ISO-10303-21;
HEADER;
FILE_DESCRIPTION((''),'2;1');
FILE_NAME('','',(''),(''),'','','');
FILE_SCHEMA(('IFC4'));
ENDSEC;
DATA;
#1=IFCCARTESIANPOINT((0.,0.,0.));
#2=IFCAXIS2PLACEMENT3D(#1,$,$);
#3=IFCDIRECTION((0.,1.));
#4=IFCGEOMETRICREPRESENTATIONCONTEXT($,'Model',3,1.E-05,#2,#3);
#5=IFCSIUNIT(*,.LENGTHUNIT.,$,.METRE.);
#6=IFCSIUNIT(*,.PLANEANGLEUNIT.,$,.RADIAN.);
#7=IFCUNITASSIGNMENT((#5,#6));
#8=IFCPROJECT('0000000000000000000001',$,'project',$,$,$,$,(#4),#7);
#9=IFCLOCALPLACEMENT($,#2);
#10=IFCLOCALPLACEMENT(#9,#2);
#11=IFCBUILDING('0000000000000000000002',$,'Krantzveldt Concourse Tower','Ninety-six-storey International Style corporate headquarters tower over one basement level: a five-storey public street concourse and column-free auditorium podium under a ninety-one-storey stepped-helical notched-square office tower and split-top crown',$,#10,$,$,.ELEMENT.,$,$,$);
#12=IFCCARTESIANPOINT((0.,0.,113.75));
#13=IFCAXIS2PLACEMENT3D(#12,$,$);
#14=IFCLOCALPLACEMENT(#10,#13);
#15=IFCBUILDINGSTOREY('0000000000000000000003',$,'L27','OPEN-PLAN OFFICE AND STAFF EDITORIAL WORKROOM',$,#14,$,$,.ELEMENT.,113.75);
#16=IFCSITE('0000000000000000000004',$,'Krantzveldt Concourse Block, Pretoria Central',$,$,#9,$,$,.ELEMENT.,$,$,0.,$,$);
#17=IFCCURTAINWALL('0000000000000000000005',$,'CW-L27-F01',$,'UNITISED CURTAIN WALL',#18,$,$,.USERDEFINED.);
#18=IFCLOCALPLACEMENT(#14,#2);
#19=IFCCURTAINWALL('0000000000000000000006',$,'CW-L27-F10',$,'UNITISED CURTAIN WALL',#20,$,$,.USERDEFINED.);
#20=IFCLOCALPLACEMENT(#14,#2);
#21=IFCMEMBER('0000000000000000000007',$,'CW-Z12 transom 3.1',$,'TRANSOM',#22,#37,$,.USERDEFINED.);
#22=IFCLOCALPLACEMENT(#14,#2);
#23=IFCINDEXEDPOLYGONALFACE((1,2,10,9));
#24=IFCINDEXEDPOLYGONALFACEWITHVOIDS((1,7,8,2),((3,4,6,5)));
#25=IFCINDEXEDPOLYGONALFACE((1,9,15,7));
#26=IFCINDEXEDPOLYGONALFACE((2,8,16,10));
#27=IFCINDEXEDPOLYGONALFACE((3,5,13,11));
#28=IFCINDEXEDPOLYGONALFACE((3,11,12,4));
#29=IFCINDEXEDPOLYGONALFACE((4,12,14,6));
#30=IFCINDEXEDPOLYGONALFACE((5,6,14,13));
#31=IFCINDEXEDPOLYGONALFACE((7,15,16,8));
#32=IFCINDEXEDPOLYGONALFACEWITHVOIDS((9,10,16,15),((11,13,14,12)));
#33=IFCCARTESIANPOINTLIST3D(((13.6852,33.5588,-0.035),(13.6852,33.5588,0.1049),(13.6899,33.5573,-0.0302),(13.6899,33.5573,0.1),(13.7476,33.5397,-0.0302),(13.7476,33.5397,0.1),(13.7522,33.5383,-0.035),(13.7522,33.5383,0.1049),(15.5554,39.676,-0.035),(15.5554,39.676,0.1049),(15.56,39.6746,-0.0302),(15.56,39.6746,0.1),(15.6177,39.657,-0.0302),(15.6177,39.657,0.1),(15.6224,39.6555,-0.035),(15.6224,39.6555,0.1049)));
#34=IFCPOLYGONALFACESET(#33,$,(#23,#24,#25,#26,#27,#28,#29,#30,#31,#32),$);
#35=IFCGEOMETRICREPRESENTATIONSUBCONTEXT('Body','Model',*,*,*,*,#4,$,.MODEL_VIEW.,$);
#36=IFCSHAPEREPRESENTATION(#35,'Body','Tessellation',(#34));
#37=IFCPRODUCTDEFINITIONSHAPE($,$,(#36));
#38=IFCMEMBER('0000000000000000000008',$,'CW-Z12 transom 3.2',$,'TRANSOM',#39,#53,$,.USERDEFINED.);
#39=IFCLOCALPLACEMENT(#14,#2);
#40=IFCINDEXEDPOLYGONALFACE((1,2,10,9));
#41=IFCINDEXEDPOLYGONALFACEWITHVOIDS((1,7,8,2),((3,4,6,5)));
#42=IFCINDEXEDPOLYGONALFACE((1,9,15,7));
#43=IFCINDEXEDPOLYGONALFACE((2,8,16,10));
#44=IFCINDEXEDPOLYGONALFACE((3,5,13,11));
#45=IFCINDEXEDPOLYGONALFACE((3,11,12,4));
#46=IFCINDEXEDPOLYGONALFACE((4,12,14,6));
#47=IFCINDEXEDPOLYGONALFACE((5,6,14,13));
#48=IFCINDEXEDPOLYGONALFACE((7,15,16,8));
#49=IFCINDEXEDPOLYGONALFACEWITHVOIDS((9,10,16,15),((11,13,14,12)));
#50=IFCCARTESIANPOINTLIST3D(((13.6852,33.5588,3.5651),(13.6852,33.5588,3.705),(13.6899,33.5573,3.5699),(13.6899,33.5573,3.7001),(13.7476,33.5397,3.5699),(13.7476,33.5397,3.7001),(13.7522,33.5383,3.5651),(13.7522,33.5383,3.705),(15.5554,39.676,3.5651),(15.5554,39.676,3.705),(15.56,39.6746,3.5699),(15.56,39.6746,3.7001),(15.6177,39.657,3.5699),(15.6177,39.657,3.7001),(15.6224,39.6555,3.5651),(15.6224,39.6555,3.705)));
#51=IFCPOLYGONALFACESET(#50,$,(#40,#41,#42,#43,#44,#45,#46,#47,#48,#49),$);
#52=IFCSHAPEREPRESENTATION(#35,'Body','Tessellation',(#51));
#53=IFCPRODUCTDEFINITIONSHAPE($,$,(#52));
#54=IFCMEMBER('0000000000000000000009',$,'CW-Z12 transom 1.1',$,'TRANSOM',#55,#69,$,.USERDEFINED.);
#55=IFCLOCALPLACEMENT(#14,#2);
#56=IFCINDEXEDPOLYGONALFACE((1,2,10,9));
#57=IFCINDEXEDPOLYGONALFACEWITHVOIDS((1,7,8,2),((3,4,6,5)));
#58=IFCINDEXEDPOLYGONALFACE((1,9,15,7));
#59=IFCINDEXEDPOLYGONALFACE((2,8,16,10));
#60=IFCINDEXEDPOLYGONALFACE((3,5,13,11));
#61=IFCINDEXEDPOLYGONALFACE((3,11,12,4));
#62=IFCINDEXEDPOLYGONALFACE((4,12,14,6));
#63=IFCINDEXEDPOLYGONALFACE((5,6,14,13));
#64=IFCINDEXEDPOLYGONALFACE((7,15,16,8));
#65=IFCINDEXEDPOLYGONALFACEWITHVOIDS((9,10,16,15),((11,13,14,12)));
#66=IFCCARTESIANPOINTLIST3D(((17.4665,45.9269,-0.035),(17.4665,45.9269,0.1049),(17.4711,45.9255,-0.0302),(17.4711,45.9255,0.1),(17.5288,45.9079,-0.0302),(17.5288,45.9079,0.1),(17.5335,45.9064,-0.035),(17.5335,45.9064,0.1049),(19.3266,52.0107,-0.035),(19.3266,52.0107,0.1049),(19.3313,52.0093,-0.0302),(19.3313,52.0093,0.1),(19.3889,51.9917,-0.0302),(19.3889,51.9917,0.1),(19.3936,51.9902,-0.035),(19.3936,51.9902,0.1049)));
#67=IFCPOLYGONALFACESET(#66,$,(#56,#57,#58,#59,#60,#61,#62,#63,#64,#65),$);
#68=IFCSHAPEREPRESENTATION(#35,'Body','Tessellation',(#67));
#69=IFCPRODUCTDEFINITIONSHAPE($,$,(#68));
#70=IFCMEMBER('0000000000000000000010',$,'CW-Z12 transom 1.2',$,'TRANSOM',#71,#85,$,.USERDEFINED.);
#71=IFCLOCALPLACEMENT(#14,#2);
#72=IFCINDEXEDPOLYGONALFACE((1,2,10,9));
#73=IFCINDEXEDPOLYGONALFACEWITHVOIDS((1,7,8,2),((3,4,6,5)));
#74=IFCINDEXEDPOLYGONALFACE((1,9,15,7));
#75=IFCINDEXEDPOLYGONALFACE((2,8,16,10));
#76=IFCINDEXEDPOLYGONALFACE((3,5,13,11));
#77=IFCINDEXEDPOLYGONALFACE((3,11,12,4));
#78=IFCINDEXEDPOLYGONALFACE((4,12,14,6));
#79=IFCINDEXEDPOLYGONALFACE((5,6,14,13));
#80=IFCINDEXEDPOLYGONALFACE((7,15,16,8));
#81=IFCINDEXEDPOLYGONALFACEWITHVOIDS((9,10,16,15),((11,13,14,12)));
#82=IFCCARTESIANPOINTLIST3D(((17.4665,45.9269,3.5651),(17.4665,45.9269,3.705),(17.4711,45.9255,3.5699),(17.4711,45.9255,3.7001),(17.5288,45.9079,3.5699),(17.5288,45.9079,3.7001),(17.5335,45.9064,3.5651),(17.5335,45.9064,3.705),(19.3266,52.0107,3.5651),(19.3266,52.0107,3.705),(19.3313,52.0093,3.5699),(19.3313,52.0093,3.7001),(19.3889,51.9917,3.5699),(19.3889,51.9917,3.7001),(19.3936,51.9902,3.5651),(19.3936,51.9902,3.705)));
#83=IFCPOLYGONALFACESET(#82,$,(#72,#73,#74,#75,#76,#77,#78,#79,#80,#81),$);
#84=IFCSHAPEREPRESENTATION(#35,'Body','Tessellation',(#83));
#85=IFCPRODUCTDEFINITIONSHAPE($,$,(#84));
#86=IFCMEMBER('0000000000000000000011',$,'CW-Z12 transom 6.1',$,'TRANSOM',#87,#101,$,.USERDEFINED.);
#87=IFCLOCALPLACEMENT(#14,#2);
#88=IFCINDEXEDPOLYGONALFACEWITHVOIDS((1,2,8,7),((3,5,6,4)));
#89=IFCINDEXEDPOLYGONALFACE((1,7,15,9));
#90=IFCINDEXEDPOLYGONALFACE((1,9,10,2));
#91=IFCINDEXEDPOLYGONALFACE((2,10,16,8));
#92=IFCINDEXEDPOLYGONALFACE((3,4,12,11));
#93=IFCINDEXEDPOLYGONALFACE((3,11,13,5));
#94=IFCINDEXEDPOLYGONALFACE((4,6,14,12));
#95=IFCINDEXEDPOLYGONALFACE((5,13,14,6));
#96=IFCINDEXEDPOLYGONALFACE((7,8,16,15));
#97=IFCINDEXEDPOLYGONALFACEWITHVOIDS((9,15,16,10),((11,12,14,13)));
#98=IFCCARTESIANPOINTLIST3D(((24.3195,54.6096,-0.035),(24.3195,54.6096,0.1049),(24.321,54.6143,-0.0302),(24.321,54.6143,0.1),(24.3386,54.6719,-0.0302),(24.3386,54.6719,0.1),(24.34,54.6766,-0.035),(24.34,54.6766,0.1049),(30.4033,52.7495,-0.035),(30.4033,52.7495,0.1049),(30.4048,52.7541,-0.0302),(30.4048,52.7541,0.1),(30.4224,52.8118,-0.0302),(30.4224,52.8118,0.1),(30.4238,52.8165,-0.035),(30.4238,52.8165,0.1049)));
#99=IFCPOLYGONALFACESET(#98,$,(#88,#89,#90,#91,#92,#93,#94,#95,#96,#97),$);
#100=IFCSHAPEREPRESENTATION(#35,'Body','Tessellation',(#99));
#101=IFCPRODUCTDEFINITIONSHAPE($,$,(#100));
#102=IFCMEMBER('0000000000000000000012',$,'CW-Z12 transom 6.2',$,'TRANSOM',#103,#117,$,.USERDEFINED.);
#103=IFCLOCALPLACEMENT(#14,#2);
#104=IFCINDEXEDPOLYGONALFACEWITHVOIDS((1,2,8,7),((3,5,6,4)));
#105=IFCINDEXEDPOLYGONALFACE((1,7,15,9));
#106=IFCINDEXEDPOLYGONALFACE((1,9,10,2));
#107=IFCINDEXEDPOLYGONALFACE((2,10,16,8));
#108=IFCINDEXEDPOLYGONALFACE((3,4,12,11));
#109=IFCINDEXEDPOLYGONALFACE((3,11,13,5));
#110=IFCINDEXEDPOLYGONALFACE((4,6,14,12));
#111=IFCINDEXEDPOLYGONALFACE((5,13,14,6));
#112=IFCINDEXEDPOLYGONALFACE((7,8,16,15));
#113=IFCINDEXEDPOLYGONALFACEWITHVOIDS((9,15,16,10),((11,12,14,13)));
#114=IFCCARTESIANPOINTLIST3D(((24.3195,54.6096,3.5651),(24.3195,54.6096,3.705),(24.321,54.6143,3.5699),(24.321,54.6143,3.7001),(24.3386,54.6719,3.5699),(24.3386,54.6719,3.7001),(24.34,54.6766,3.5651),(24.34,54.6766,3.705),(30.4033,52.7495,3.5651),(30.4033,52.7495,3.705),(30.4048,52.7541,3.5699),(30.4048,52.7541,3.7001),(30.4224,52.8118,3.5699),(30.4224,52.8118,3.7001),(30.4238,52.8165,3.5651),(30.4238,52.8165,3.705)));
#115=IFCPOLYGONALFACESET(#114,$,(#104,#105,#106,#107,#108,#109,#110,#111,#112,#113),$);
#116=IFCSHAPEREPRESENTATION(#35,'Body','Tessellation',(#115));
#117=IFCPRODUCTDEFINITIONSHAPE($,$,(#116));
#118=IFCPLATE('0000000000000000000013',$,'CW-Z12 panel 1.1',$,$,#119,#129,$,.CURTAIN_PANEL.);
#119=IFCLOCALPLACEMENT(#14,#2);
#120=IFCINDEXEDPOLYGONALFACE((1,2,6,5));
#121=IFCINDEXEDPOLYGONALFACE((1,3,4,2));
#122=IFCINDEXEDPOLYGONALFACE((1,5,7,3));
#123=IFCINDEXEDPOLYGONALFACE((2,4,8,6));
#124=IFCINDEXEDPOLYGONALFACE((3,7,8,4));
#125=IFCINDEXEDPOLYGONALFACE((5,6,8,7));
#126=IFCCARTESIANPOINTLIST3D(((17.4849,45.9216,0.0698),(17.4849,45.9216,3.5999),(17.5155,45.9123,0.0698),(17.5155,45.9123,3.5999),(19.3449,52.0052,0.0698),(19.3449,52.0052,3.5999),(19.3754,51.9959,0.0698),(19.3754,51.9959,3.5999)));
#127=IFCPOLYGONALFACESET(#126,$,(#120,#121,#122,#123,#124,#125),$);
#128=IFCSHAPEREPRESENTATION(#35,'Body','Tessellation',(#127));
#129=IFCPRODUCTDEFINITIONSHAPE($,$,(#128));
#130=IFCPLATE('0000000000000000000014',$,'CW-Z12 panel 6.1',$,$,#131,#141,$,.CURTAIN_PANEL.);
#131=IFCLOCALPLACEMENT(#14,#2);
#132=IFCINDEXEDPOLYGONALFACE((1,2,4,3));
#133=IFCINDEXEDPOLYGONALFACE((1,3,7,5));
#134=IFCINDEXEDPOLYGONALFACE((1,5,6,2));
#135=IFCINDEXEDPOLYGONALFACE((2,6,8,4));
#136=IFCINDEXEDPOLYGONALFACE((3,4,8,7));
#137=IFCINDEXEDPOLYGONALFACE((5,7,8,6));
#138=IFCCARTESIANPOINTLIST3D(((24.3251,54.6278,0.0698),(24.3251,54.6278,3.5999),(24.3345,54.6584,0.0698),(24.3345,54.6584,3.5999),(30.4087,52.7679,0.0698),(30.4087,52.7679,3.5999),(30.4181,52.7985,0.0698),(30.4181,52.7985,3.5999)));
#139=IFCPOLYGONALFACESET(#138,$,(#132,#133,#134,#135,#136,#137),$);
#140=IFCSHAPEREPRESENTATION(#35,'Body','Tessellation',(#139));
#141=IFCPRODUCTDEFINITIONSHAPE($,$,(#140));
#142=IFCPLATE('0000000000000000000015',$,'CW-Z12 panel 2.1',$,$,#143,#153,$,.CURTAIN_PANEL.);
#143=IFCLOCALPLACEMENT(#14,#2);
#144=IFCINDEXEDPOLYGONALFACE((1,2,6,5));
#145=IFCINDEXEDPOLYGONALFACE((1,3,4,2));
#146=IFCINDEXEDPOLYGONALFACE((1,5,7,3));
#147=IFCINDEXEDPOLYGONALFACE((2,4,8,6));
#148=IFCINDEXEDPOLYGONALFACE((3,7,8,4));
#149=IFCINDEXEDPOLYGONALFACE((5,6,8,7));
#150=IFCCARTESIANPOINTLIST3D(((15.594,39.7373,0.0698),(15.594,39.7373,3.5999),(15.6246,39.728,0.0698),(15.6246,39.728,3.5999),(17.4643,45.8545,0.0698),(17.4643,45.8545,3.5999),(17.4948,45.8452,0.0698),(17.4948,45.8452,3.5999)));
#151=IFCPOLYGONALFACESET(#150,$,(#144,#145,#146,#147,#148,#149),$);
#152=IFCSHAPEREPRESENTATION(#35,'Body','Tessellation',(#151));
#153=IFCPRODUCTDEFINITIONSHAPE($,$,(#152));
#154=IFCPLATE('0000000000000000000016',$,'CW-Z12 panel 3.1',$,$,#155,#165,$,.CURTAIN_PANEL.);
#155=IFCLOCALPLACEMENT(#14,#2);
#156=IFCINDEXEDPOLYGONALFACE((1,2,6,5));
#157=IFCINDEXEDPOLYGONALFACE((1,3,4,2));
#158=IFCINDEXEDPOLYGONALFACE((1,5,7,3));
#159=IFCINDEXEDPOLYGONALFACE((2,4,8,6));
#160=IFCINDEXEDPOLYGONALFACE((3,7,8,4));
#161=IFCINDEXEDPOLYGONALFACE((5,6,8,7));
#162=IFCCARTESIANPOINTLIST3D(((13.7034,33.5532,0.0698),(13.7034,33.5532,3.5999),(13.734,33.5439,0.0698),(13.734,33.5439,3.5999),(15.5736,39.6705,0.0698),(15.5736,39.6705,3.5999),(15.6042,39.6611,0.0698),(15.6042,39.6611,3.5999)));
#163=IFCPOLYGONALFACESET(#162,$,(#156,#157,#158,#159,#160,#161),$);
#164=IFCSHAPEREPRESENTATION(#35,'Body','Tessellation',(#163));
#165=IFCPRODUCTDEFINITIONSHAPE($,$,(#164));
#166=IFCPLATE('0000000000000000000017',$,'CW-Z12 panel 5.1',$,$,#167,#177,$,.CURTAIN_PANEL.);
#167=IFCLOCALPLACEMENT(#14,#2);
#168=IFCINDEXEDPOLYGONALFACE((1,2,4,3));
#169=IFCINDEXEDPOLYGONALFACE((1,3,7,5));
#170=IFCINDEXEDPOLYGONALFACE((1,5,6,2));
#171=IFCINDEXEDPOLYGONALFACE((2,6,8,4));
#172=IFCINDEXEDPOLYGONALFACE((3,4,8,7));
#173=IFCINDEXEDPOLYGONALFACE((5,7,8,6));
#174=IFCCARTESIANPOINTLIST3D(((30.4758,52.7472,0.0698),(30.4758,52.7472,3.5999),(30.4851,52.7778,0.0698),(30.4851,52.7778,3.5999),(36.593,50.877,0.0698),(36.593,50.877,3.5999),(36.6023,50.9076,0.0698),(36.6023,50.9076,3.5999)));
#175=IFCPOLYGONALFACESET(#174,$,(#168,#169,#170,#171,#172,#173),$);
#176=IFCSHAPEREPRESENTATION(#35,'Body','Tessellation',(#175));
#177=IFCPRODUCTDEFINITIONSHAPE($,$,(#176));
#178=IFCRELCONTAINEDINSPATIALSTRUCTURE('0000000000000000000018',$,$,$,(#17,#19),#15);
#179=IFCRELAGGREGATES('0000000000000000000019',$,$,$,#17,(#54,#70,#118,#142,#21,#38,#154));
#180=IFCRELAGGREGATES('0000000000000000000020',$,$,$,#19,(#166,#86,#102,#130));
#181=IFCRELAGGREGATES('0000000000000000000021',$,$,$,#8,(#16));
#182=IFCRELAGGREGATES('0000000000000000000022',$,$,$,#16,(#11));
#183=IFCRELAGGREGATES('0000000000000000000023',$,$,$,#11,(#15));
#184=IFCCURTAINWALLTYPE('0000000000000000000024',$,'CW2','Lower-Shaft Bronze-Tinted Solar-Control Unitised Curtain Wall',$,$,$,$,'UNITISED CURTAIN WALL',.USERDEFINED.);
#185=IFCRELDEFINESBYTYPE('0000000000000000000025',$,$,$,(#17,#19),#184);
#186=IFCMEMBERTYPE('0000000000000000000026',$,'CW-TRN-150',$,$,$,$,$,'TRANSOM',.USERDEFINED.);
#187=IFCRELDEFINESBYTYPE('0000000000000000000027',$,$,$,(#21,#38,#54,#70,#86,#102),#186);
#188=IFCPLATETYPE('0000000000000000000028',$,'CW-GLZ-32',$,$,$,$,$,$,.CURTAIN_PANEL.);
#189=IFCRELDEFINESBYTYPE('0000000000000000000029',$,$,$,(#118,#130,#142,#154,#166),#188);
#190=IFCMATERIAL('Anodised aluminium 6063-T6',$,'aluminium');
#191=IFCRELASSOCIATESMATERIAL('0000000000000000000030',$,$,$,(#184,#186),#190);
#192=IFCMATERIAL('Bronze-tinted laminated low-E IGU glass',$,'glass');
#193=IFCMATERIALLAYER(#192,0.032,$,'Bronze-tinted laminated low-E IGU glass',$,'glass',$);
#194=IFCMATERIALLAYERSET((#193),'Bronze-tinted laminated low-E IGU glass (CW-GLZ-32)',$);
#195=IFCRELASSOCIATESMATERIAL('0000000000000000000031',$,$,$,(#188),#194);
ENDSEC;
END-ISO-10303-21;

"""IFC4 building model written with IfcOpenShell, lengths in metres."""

from ifc_helpers import new_model, si_unit, direction, frame, origin, origin_2d, place, context, subcontext, project, spatial, rectangle, hollow_rectangle, extrude, source, transform, mapped, material, layer, layer_set, material_profile, profile_set, type_object, type_shapes, element, aggregate, save


model = new_model("IFC4")

# Units and contexts
model_context = context("Model", 3, precision=1e-05, world=origin(), true_north=direction((0.0, 1.0)))
body_context = subcontext(model_context, "Body", "Model", "MODEL_VIEW")
ifc_project = project(units=[si_unit("LENGTHUNIT", "METRE"), si_unit("PLANEANGLEUNIT", "RADIAN")], contexts=[model_context])

# Site, building, storey
site_placement = place(None, origin())
site = spatial("IfcSite", under=ifc_project, at=site_placement, Name="Krantzveldt Concourse Block, Pretoria Central", CompositionType="ELEMENT", RefElevation=0.0)
building_placement = place(site_placement, origin())
building = spatial("IfcBuilding", under=site, at=building_placement, Name="Krantzveldt Concourse Tower", Description="Ninety-six-storey International Style corporate headquarters tower over one basement level: a five-storey public street concourse and column-free auditorium podium under a ninety-one-storey stepped-helical notched-square office tower and split-top crown", CompositionType="ELEMENT")
storey_placement = place(building_placement, frame((0.0, 0.0, 113.75)))
storey = spatial("IfcBuildingStorey", under=building, at=storey_placement, Name="L27", Description="OPEN-PLAN OFFICE AND STAFF EDITORIAL WORKROOM", CompositionType="ELEMENT", Elevation=113.75)

# Curtain walls
ifc_material_1 = material(Name="Anodised aluminium 6063-T6", Category="aluminium")
curtain_wall_type = type_object("IfcCurtainWallType", Name="CW2", Description="Lower-Shaft Bronze-Tinted Solar-Control Unitised Curtain Wall", ElementType="UNITISED CURTAIN WALL", PredefinedType="USERDEFINED", material=ifc_material_1)
curtain_wall_1_placement = place(storey_placement, origin())
curtain_wall_1 = element("IfcCurtainWall", 1, at=curtain_wall_1_placement, inside=storey, type_object=curtain_wall_type, Name="CW-L27-F01", ObjectType="UNITISED CURTAIN WALL", PredefinedType="USERDEFINED")
curtain_wall_2_placement = place(storey_placement, origin())
curtain_wall_2 = element("IfcCurtainWall", 2, at=curtain_wall_2_placement, inside=storey, type_object=curtain_wall_type, Name="CW-L27-F10", ObjectType="UNITISED CURTAIN WALL", PredefinedType="USERDEFINED")

# Members
ifc_material_profile_1 = material_profile(ifc_material_1, hollow_rectangle(XDim=0.0701, YDim=0.1399, WallThickness=0.0049, at=origin_2d()), Name="Anodised aluminium 6063-T6", Category="aluminium")
ifc_profile_set_1 = profile_set([ifc_material_profile_1], Name="Anodised aluminium 6063-T6 - ALU-TRAN 140x70x5")
member_type_1 = type_object("IfcMemberType", Name="CW-TRN-150", ElementType="TRANSOM", PredefinedType="USERDEFINED", material=ifc_profile_set_1)
shared_shape_1 = source(origin(), body_context, "Body", "SweptSolid", [
    extrude(hollow_rectangle(XDim=0.0701, YDim=0.1399, WallThickness=0.0049, at=origin_2d()), origin(), (0.0, 0.0, 1.0), 6.3967),
])
member_1_placement = place(storey_placement, frame((15.5889, 39.6658, 0.0349), z_axis=(-0.292358, -0.956309, 0.0), x_axis=(0.956309, -0.292358, 0.0)))
member_1 = element("IfcMember", 3, at=member_1_placement, type_object=member_type_1, Name="CW-Z12 transom 3.1", ObjectType="TRANSOM", PredefinedType="USERDEFINED", context=body_context, shape_type="MappedRepresentation", body=[
    mapped(shared_shape_1, transform((0.0, 0.0, 0.0), x_axis=(1.0, 0.0, 0.0), y_axis=(0.0, 1.0, 0.0), z_axis=(0.0, 0.0, 1.0), scale=1.0)),
])
member_2_placement = place(storey_placement, frame((15.5889, 39.6658, 3.635), z_axis=(-0.292358, -0.956309, 0.0), x_axis=(0.956309, -0.292358, 0.0)))
member_2 = element("IfcMember", 4, at=member_2_placement, type_object=member_type_1, Name="CW-Z12 transom 3.2", ObjectType="TRANSOM", PredefinedType="USERDEFINED", context=body_context, shape_type="MappedRepresentation", body=[
    mapped(shared_shape_1, transform((0.0, 0.0, 0.0), x_axis=(1.0, 0.0, 0.0), y_axis=(0.0, 1.0, 0.0), z_axis=(0.0, 0.0, 1.0), scale=1.0)),
])
shared_shape_2 = source(origin(), body_context, "Body", "SweptSolid", [
    extrude(hollow_rectangle(XDim=0.0701, YDim=0.1399, WallThickness=0.0049, at=origin_2d()), origin(), (0.0, 0.0, 1.0), 6.3618),
])
type_shapes(member_type_1, [shared_shape_1, shared_shape_2])
member_3_placement = place(storey_placement, frame((19.3601, 52.0005, 0.0349), z_axis=(-0.292389, -0.956299, 0.0), x_axis=(0.956299, -0.292389, 0.0)))
member_3 = element("IfcMember", 5, at=member_3_placement, type_object=member_type_1, Name="CW-Z12 transom 1.1", ObjectType="TRANSOM", PredefinedType="USERDEFINED", context=body_context, shape_type="MappedRepresentation", body=[
    mapped(shared_shape_2, transform((0.0, 0.0, 0.0), x_axis=(1.0, 0.0, 0.0), y_axis=(0.0, 1.0, 0.0), z_axis=(0.0, 0.0, 1.0), scale=1.0)),
])
member_4_placement = place(storey_placement, frame((19.3601, 52.0005, 3.635), z_axis=(-0.292389, -0.956299, 0.0), x_axis=(0.956299, -0.292389, 0.0)))
member_4 = element("IfcMember", 6, at=member_4_placement, type_object=member_type_1, Name="CW-Z12 transom 1.2", ObjectType="TRANSOM", PredefinedType="USERDEFINED", context=body_context, shape_type="MappedRepresentation", body=[
    mapped(shared_shape_2, transform((0.0, 0.0, 0.0), x_axis=(1.0, 0.0, 0.0), y_axis=(0.0, 1.0, 0.0), z_axis=(0.0, 0.0, 1.0), scale=1.0)),
])
member_5_placement = place(storey_placement, frame((30.4136, 52.783, 0.0349), z_axis=(-0.956299, 0.292389, 0.0), x_axis=(-0.292389, -0.956299, 0.0)))
member_5 = element("IfcMember", 7, at=member_5_placement, type_object=member_type_1, Name="CW-Z12 transom 6.1", ObjectType="TRANSOM", PredefinedType="USERDEFINED", context=body_context, shape_type="MappedRepresentation", body=[
    mapped(shared_shape_2, transform((0.0, 0.0, 0.0), x_axis=(1.0, 0.0, 0.0), y_axis=(0.0, 1.0, 0.0), z_axis=(0.0, 0.0, 1.0), scale=1.0)),
])
member_6_placement = place(storey_placement, frame((30.4136, 52.783, 3.635), z_axis=(-0.956299, 0.292389, 0.0), x_axis=(-0.292389, -0.956299, 0.0)))
member_6 = element("IfcMember", 8, at=member_6_placement, type_object=member_type_1, Name="CW-Z12 transom 6.2", ObjectType="TRANSOM", PredefinedType="USERDEFINED", context=body_context, shape_type="MappedRepresentation", body=[
    mapped(shared_shape_2, transform((0.0, 0.0, 0.0), x_axis=(1.0, 0.0, 0.0), y_axis=(0.0, 1.0, 0.0), z_axis=(0.0, 0.0, 1.0), scale=1.0)),
])

# Plates
ifc_material_2 = material(Name="Bronze-tinted laminated low-E IGU glass", Category="glass")
ifc_layer_1 = layer(ifc_material_2, 0.032, Name="Bronze-tinted laminated low-E IGU glass", Category="glass")
ifc_layer_set_1 = layer_set([ifc_layer_1], Name="Bronze-tinted laminated low-E IGU glass (CW-GLZ-32)")
plate_type = type_object("IfcPlateType", Name="CW-GLZ-32", PredefinedType="CURTAIN_PANEL", material=ifc_layer_set_1)
shared_shape_3 = source(origin(), body_context, "Body", "SweptSolid", [
    extrude(rectangle(XDim=6.3616, YDim=0.032, at=origin_2d()), origin(), (0.0, 0.0, 1.0), 3.53),
])
plate_1_placement = place(storey_placement, frame((18.4302, 48.9587, 0.0698), z_axis=(0.0, 0.0, 1.0), x_axis=(-0.292372, -0.956305, 0.0)))
plate_1 = element("IfcPlate", 9, at=plate_1_placement, type_object=plate_type, Name="CW-Z12 panel 1.1", PredefinedType="CURTAIN_PANEL", context=body_context, shape_type="MappedRepresentation", body=[
    mapped(shared_shape_3, transform((0.0, 0.0, 0.0), x_axis=(1.0, 0.0, 0.0), y_axis=(0.0, 1.0, 0.0), z_axis=(0.0, 0.0, 1.0), scale=1.0)),
])
plate_2_placement = place(storey_placement, frame((27.3716, 53.7131, 0.0698), z_axis=(0.0, 0.0, 1.0), x_axis=(-0.956305, 0.292372, 0.0)))
plate_2 = element("IfcPlate", 10, at=plate_2_placement, type_object=plate_type, Name="CW-Z12 panel 6.1", PredefinedType="CURTAIN_PANEL", context=body_context, shape_type="MappedRepresentation", body=[
    mapped(shared_shape_3, transform((0.0, 0.0, 0.0), x_axis=(1.0, 0.0, 0.0), y_axis=(0.0, 1.0, 0.0), z_axis=(0.0, 0.0, 1.0), scale=1.0)),
])
shared_shape_4 = source(origin(), body_context, "Body", "SweptSolid", [
    extrude(rectangle(XDim=6.3967, YDim=0.032, at=origin_2d()), origin(), (0.0, 0.0, 1.0), 3.53),
])
type_shapes(plate_type, [shared_shape_3, shared_shape_4])
plate_3_placement = place(storey_placement, frame((16.5444, 42.7913, 0.0698), z_axis=(0.0, 0.0, 1.0), x_axis=(-0.292372, -0.956305, 0.0)))
plate_3 = element("IfcPlate", 11, at=plate_3_placement, type_object=plate_type, Name="CW-Z12 panel 2.1", PredefinedType="CURTAIN_PANEL", context=body_context, shape_type="MappedRepresentation", body=[
    mapped(shared_shape_4, transform((0.0, 0.0, 0.0), x_axis=(1.0, 0.0, 0.0), y_axis=(0.0, 1.0, 0.0), z_axis=(0.0, 0.0, 1.0), scale=1.0)),
])
plate_4_placement = place(storey_placement, frame((14.6538, 36.6072, 0.0698), z_axis=(0.0, 0.0, 1.0), x_axis=(-0.292372, -0.956305, 0.0)))
plate_4 = element("IfcPlate", 12, at=plate_4_placement, type_object=plate_type, Name="CW-Z12 panel 3.1", PredefinedType="CURTAIN_PANEL", context=body_context, shape_type="MappedRepresentation", body=[
    mapped(shared_shape_4, transform((0.0, 0.0, 0.0), x_axis=(1.0, 0.0, 0.0), y_axis=(0.0, 1.0, 0.0), z_axis=(0.0, 0.0, 1.0), scale=1.0)),
])
aggregate(curtain_wall_1, [member_3, member_4, plate_1, plate_3, member_1, member_2, plate_4])
plate_5_placement = place(storey_placement, frame((33.5391, 51.8274, 0.0698), z_axis=(0.0, 0.0, 1.0), x_axis=(-0.956305, 0.292372, 0.0)))
plate_5 = element("IfcPlate", 13, at=plate_5_placement, type_object=plate_type, Name="CW-Z12 panel 5.1", PredefinedType="CURTAIN_PANEL", context=body_context, shape_type="MappedRepresentation", body=[
    mapped(shared_shape_4, transform((0.0, 0.0, 0.0), x_axis=(1.0, 0.0, 0.0), y_axis=(0.0, 1.0, 0.0), z_axis=(0.0, 0.0, 1.0), scale=1.0)),
])
aggregate(curtain_wall_2, [plate_5, member_5, member_6, plate_2])

save(model, "model.ifc")
